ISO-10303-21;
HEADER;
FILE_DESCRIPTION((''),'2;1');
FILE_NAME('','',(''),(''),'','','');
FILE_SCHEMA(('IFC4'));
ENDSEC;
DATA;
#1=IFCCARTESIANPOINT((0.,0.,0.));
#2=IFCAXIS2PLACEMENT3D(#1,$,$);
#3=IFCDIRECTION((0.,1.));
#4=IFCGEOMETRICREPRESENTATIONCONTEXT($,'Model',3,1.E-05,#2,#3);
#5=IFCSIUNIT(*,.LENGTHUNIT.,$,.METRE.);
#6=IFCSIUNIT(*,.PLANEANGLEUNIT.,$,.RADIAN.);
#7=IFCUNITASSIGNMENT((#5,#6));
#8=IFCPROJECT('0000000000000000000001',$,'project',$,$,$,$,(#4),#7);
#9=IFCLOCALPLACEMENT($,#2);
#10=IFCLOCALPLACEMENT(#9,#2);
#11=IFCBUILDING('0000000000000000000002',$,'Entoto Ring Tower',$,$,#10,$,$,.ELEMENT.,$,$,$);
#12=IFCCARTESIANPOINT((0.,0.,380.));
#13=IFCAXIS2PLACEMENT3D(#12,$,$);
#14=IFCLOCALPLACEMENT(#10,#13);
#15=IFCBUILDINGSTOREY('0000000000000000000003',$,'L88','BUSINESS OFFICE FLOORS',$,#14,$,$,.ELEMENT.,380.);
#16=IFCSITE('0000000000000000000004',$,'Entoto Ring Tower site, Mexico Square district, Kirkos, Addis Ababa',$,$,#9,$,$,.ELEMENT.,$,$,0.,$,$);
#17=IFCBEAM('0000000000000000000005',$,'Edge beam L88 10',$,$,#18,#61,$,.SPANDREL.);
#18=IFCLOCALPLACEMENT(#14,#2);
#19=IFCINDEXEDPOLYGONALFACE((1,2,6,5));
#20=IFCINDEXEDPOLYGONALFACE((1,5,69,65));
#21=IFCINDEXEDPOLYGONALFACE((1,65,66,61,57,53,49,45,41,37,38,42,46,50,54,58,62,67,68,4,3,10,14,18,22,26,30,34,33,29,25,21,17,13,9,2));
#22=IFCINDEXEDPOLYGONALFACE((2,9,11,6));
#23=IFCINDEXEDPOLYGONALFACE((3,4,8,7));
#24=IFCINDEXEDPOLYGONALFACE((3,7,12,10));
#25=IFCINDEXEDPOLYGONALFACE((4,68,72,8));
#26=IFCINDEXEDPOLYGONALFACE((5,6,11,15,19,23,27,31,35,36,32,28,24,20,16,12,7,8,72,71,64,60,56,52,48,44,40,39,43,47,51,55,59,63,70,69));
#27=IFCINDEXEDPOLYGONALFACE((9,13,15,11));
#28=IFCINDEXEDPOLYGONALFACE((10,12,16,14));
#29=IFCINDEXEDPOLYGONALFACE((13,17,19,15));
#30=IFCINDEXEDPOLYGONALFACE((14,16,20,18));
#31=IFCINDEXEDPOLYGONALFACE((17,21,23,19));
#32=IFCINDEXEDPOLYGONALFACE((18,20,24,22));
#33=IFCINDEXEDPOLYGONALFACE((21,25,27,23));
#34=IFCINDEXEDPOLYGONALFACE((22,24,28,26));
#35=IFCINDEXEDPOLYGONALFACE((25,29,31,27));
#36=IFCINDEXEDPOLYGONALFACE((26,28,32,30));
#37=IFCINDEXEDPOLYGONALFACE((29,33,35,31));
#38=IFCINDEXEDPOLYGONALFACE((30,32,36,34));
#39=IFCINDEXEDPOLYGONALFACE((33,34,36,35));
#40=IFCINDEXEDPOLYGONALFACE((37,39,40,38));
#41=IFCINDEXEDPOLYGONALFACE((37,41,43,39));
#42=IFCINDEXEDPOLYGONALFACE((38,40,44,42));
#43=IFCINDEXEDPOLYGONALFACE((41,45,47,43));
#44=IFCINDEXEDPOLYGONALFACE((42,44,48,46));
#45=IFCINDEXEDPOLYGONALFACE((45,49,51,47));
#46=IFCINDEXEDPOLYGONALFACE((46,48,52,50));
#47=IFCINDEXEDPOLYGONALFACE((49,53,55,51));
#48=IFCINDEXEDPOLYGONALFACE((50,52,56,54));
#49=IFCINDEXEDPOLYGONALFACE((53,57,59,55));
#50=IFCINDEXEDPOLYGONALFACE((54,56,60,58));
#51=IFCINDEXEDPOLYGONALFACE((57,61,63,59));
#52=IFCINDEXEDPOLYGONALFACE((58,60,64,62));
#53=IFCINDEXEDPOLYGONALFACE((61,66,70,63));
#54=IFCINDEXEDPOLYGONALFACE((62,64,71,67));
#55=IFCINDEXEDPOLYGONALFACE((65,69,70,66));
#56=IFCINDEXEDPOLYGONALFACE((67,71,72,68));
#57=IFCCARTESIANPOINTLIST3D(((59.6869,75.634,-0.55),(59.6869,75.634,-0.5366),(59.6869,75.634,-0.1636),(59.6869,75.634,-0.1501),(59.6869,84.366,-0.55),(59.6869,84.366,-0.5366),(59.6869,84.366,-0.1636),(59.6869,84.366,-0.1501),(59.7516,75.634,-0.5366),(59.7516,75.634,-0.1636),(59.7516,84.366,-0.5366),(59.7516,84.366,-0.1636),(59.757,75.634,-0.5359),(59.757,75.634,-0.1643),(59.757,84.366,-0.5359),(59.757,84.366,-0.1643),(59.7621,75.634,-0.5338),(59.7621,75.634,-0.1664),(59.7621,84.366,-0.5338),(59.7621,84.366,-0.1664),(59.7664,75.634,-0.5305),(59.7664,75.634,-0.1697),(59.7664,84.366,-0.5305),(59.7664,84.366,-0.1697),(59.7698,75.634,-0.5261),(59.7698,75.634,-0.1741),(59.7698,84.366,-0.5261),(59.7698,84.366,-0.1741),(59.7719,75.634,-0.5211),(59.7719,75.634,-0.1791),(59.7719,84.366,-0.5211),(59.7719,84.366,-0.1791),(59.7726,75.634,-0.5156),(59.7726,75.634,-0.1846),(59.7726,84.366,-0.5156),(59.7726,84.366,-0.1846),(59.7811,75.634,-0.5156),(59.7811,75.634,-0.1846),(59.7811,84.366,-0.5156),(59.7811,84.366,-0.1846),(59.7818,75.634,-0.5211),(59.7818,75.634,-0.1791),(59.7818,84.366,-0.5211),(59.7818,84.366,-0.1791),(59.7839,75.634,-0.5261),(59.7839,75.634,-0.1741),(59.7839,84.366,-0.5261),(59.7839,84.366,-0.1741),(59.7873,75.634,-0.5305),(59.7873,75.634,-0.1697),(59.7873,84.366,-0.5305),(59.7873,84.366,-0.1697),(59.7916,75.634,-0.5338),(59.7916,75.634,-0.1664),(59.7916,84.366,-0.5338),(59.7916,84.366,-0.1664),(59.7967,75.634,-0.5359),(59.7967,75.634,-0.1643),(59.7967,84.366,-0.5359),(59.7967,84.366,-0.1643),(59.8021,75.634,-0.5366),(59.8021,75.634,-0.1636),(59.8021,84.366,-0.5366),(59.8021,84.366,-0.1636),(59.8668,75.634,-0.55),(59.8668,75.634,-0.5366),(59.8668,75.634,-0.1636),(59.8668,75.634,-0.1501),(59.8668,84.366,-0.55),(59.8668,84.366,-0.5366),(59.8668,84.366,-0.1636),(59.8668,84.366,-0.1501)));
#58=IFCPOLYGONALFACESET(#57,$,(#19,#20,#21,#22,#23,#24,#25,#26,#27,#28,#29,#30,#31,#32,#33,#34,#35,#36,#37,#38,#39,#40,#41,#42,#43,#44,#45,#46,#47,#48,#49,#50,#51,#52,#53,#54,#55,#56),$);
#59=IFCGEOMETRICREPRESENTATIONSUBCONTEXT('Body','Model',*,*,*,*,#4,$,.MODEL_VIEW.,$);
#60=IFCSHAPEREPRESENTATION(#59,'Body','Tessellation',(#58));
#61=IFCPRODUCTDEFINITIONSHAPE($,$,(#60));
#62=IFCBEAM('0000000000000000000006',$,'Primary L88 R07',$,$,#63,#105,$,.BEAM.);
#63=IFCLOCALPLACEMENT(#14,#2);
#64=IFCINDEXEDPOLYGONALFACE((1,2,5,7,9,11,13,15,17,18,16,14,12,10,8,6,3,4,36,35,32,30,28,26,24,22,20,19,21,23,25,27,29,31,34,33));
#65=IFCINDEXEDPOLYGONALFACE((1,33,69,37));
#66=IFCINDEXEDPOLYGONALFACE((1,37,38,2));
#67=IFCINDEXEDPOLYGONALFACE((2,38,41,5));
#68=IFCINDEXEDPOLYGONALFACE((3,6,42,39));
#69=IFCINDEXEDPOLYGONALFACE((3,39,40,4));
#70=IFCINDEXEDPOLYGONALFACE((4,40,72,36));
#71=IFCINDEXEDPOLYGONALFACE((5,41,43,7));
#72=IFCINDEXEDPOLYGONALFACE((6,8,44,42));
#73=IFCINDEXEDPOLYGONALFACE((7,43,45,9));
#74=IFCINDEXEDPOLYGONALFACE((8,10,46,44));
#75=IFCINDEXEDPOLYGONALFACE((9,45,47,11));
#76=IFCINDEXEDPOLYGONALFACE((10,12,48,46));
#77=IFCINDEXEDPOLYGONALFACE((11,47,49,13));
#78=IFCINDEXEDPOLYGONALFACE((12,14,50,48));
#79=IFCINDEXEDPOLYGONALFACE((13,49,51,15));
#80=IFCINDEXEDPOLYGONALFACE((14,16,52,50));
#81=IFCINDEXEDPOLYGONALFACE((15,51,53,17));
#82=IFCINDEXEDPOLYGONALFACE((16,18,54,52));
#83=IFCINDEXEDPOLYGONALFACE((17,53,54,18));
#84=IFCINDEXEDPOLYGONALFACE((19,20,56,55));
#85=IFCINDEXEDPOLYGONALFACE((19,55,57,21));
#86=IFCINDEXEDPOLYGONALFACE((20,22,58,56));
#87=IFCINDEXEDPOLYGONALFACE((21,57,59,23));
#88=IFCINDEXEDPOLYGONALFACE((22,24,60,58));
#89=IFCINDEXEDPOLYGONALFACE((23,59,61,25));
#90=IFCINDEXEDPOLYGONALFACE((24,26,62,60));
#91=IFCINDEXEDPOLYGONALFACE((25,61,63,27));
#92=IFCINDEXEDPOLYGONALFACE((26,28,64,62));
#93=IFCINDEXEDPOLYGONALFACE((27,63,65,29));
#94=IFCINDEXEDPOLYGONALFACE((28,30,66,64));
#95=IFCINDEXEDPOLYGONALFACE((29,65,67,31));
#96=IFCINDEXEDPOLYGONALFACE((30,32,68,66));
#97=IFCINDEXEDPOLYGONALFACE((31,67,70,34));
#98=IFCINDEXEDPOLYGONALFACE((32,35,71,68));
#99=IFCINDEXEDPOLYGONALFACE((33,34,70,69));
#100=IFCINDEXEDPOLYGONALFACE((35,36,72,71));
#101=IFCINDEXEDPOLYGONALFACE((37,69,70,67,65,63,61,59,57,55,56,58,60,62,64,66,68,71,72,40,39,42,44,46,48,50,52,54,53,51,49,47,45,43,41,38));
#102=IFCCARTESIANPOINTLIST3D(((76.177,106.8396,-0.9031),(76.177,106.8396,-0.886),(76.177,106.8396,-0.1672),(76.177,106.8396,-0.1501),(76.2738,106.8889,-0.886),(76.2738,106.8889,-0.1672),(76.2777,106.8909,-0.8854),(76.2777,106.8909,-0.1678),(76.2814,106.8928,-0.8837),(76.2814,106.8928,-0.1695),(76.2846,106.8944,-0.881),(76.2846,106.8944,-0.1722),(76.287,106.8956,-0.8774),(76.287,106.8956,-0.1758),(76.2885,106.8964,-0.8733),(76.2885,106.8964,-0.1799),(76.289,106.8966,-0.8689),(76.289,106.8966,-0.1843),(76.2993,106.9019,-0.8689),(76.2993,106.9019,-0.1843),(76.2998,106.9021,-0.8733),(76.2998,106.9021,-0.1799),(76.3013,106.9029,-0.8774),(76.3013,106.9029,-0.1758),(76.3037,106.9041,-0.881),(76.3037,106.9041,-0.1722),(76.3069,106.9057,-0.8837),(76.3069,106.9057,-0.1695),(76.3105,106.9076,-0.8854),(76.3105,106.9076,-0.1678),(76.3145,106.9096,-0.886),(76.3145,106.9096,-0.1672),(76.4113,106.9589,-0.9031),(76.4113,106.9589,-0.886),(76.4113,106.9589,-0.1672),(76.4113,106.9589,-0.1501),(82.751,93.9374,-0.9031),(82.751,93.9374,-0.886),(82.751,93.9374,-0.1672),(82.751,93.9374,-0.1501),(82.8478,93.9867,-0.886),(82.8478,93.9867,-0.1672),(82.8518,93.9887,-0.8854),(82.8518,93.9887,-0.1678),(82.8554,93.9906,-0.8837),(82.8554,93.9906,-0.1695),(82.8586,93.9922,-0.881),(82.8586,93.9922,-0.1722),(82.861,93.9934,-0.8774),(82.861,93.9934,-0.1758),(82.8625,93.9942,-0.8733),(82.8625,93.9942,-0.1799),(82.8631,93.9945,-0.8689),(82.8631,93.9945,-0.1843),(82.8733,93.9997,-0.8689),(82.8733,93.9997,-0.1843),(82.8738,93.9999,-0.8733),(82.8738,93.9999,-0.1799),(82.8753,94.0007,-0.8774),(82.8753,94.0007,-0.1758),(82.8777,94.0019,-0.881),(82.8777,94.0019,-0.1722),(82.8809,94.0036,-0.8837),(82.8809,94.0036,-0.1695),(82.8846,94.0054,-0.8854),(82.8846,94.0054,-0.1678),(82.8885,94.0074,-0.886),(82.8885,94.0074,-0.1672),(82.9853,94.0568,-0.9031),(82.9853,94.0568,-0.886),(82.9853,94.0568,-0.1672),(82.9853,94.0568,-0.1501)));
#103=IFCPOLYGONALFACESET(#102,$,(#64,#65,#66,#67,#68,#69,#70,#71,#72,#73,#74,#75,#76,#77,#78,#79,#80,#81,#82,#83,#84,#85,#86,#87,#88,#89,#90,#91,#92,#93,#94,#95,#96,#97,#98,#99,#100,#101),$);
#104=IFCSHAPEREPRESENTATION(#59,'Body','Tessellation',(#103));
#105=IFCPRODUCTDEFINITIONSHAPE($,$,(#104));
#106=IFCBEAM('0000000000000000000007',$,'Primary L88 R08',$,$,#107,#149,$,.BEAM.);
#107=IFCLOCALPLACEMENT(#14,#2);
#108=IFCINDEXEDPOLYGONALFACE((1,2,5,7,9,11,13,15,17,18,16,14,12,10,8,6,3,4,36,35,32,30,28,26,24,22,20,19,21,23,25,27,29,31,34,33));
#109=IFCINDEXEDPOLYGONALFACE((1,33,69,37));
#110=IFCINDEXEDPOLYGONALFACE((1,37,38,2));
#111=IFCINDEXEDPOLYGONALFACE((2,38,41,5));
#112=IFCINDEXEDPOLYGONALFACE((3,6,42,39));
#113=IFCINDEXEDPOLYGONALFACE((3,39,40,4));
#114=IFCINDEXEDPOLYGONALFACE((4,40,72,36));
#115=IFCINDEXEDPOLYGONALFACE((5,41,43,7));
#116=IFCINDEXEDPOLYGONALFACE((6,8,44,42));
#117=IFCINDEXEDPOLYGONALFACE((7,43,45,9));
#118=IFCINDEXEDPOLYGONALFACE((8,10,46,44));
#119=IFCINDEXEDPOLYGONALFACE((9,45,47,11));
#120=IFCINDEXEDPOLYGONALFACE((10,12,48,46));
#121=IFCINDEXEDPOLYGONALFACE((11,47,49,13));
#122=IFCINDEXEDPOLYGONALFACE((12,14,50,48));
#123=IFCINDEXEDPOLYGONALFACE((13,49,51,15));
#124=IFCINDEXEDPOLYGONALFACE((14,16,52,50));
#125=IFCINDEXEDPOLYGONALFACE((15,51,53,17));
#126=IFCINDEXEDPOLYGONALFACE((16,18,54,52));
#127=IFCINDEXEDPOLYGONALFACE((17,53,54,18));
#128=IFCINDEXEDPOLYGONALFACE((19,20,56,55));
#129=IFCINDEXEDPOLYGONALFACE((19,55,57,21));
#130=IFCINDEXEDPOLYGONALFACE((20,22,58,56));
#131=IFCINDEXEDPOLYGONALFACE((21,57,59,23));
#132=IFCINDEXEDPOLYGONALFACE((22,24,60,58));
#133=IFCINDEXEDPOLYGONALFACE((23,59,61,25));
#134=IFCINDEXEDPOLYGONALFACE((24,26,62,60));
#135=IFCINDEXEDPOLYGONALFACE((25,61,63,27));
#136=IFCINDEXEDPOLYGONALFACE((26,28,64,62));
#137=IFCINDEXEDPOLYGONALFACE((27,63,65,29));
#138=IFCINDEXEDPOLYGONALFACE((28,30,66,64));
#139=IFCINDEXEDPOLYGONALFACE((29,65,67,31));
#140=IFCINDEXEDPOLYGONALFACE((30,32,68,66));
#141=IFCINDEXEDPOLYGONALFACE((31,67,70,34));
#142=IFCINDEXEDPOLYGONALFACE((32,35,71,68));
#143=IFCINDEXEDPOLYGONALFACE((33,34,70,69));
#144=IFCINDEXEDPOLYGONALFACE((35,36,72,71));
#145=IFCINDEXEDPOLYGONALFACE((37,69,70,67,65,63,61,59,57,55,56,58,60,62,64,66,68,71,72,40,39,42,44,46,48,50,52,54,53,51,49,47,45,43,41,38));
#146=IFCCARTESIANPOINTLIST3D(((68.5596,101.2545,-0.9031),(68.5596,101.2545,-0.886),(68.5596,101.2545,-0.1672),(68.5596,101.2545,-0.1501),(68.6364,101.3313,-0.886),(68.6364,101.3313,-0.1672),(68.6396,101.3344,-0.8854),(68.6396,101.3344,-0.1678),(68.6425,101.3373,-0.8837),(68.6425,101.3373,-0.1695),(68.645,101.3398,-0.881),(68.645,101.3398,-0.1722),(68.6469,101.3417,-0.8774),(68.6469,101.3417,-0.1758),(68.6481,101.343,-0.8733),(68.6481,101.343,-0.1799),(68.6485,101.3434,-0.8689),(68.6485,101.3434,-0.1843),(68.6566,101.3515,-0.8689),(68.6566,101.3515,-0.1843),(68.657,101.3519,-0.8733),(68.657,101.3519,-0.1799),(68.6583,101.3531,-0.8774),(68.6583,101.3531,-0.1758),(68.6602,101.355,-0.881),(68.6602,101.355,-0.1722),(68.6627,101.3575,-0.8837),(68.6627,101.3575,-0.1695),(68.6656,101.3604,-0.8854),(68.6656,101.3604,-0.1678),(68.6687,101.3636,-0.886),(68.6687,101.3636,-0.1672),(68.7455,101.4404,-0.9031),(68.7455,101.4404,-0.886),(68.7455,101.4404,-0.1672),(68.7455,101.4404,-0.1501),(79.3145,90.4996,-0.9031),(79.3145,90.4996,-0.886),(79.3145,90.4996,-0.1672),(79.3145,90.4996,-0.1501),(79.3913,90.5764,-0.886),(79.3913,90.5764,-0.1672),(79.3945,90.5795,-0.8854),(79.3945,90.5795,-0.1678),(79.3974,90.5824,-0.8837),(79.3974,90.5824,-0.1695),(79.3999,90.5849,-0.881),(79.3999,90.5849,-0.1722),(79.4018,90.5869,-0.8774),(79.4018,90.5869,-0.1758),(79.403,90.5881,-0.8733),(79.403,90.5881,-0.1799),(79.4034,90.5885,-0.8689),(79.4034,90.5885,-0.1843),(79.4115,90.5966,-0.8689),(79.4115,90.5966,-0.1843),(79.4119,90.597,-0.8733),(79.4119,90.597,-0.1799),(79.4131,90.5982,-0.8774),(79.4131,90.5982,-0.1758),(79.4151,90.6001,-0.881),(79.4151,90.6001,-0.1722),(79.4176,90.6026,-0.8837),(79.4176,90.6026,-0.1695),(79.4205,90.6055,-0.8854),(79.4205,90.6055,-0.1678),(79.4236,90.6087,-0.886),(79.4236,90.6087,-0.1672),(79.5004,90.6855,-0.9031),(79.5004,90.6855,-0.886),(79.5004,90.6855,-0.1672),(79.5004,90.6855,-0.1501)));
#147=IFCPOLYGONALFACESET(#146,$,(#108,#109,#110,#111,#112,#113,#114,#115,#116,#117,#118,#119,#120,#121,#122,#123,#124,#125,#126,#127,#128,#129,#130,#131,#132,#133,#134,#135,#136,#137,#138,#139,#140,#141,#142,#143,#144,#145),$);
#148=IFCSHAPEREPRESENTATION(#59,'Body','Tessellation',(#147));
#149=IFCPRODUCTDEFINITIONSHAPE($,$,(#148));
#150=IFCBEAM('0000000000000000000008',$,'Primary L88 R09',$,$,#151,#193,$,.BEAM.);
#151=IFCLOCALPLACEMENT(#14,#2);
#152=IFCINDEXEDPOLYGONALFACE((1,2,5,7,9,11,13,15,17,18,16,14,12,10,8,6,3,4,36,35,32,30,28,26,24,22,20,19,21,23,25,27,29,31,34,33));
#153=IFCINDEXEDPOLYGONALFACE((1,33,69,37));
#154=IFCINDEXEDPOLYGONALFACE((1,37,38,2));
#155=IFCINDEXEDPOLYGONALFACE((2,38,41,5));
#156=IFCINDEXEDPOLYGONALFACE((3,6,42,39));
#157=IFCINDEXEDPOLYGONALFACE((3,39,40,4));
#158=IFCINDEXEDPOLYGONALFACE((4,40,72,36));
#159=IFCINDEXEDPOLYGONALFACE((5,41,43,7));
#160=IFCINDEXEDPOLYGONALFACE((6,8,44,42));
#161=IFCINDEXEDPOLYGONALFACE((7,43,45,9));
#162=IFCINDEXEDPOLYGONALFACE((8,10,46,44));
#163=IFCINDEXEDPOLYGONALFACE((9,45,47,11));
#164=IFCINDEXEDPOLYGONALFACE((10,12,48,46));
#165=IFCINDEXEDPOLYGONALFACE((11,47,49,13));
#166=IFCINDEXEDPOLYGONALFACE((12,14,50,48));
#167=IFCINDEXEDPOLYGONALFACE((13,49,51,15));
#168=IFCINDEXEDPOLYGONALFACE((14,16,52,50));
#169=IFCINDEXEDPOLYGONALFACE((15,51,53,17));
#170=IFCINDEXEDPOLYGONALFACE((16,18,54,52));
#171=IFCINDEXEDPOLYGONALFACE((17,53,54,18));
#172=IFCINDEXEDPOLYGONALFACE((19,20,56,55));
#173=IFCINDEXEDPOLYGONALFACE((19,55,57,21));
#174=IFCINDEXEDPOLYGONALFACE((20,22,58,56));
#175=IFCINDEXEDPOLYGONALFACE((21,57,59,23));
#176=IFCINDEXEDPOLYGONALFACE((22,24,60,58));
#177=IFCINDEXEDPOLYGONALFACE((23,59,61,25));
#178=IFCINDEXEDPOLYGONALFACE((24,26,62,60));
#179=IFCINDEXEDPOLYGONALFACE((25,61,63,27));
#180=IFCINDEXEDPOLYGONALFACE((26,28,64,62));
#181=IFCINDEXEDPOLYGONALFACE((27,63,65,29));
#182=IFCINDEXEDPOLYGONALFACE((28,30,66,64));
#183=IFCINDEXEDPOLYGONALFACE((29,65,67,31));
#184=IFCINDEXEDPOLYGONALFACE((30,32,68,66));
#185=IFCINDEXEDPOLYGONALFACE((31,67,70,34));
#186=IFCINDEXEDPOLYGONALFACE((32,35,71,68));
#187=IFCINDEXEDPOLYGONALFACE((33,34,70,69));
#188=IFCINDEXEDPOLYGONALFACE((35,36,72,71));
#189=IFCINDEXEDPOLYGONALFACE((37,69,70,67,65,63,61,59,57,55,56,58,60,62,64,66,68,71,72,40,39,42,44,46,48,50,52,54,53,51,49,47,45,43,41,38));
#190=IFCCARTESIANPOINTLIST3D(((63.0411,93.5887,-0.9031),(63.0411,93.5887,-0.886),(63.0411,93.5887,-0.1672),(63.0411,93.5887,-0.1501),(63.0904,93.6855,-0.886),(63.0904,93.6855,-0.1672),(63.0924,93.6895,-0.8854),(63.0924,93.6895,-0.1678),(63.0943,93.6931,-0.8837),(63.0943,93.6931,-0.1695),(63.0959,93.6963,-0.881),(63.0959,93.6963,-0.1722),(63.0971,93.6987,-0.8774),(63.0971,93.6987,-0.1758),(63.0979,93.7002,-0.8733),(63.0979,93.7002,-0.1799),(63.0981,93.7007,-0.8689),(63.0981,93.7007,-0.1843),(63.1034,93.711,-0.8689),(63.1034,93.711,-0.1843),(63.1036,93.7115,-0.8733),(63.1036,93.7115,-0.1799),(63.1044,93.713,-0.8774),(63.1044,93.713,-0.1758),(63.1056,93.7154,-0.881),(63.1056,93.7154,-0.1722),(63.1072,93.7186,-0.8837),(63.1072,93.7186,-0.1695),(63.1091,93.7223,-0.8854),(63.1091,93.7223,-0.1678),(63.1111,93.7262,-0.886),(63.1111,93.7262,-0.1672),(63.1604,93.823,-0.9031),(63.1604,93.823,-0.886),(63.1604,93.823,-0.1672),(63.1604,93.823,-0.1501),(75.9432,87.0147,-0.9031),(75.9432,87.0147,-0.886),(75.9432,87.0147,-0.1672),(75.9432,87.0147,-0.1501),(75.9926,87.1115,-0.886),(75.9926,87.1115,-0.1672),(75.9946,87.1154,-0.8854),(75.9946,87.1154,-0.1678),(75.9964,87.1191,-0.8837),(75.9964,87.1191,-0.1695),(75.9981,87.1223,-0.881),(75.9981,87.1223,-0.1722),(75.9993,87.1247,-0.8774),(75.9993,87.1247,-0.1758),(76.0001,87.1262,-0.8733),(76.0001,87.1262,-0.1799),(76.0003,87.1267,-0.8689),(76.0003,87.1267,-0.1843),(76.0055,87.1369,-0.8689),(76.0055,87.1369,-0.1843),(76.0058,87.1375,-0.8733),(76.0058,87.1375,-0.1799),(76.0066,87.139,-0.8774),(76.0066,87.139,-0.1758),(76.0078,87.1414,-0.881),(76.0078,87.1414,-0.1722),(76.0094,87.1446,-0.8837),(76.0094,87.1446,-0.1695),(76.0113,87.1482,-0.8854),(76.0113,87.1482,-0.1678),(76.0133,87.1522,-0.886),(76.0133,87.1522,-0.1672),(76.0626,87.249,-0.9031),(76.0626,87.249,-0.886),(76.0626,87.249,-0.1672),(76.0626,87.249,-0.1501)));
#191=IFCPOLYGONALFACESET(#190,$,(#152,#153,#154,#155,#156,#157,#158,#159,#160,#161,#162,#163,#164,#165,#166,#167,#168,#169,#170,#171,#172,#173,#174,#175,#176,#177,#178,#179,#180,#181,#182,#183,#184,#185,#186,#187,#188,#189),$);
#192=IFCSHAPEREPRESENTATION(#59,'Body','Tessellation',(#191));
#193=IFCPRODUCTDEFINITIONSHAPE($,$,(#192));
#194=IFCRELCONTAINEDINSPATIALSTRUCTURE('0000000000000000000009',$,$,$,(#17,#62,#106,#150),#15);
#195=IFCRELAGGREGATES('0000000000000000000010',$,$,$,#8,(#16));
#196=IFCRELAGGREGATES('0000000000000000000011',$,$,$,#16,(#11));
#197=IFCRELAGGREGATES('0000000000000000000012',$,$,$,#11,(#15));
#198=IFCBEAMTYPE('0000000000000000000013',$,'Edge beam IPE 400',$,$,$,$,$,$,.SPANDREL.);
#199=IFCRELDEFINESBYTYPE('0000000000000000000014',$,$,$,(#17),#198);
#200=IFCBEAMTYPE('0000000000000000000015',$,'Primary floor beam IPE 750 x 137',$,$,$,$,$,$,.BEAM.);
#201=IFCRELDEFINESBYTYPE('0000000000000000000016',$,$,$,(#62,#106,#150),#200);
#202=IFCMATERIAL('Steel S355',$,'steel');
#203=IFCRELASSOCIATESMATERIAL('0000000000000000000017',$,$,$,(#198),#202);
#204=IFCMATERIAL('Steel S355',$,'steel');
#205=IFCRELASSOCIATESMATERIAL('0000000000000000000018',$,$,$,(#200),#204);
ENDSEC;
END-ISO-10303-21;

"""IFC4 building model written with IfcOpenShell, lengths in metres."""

from ifc_helpers import new_model, si_unit, direction, frame, origin, origin_2d, place, context, subcontext, project, spatial, i_section, extrude, material, material_profile, profile_set, type_object, element, save


model = new_model("IFC4")

# Units and contexts
model_context = context("Model", 3, precision=1e-05, world=origin(), true_north=direction((0.0, 1.0)))
body_context = subcontext(model_context, "Body", "Model", "MODEL_VIEW")
ifc_project = project(units=[si_unit("LENGTHUNIT", "METRE"), si_unit("PLANEANGLEUNIT", "RADIAN")], contexts=[model_context])

# Site, building, storey
site_placement = place(None, origin())
site = spatial("IfcSite", under=ifc_project, at=site_placement, Name="Entoto Ring Tower site, Mexico Square district, Kirkos, Addis Ababa", CompositionType="ELEMENT", RefElevation=0.0)
building_placement = place(site_placement, origin())
building = spatial("IfcBuilding", under=site, at=building_placement, Name="Entoto Ring Tower", CompositionType="ELEMENT")
storey_placement = place(building_placement, frame((0.0, 0.0, 380.0)))
storey = spatial("IfcBuildingStorey", under=building, at=storey_placement, Name="L88", Description="BUSINESS OFFICE FLOORS", CompositionType="ELEMENT", Elevation=380.0)

# Beams
ifc_material_1 = material(Name="Steel S355", Category="steel")
ifc_material_profile_1 = material_profile(ifc_material_1, i_section(OverallWidth=0.1799, OverallDepth=0.3999, WebThickness=0.0085, FlangeThickness=0.0134, FilletRadius=0.021, at=origin_2d()), Name="IPE 400")
ifc_profile_set_1 = profile_set([ifc_material_profile_1], Name="Steel S355")
beam_type_1 = type_object("IfcBeamType", Name="Edge beam IPE 400", PredefinedType="SPANDREL", material=ifc_profile_set_1)
beam_1_placement = place(storey_placement, frame((59.7769, 84.366, -0.3501), z_axis=(0.0, -1.0, 0.0), x_axis=(1.0, 0.0, 0.0)))
element("IfcBeam", 1, at=beam_1_placement, inside=storey, type_object=beam_type_1, Name="Edge beam L88 10", PredefinedType="SPANDREL", context=body_context, shape_type="SweptSolid", body=[
    extrude(i_section(OverallWidth=0.1799, OverallDepth=0.3999, WebThickness=0.0085, FlangeThickness=0.0134, FilletRadius=0.021, at=origin_2d()), origin(), (0.0, 0.0, 1.0), 8.7319),
])
ifc_material_2 = material(Name="Steel S355", Category="steel")
ifc_material_profile_2 = material_profile(ifc_material_2, i_section(OverallWidth=0.2629, OverallDepth=0.7529, WebThickness=0.0115, FlangeThickness=0.0171, FilletRadius=0.0171, at=origin_2d()), Name="IPE 750 x 137")
ifc_profile_set_2 = profile_set([ifc_material_profile_2], Name="Steel S355")
beam_type_2 = type_object("IfcBeamType", Name="Primary floor beam IPE 750 x 137", PredefinedType="BEAM", material=ifc_profile_set_2)
beam_2_placement = place(storey_placement, frame((82.8682, 93.9971, -0.5266), z_axis=(-0.453992, 0.891006, 0.0), x_axis=(-0.891006, -0.453992, 0.0)))
element("IfcBeam", 2, at=beam_2_placement, inside=storey, type_object=beam_type_2, Name="Primary L88 R07", PredefinedType="BEAM", context=body_context, shape_type="SweptSolid", body=[
    extrude(i_section(OverallWidth=0.2629, OverallDepth=0.7529, WebThickness=0.0115, FlangeThickness=0.0171, FilletRadius=0.0171, at=origin_2d()), origin(), (0.0, 0.0, 1.0), 14.4805),
])
beam_3_placement = place(storey_placement, frame((79.4075, 90.5925, -0.5266), z_axis=(-0.707107, 0.707107, 0.0), x_axis=(-0.707107, -0.707107, 0.0)))
element("IfcBeam", 3, at=beam_3_placement, inside=storey, type_object=beam_type_2, Name="Primary L88 R08", PredefinedType="BEAM", context=body_context, shape_type="SweptSolid", body=[
    extrude(i_section(OverallWidth=0.2629, OverallDepth=0.7529, WebThickness=0.0115, FlangeThickness=0.0171, FilletRadius=0.0171, at=origin_2d()), origin(), (0.0, 0.0, 1.0), 15.2097),
])
beam_4_placement = place(storey_placement, frame((76.0029, 87.1318, -0.5266), z_axis=(-0.891006, 0.453992, 0.0), x_axis=(-0.453992, -0.891006, 0.0)))
element("IfcBeam", 4, at=beam_4_placement, inside=storey, type_object=beam_type_2, Name="Primary L88 R09", PredefinedType="BEAM", context=body_context, shape_type="SweptSolid", body=[
    extrude(i_section(OverallWidth=0.2629, OverallDepth=0.7529, WebThickness=0.0115, FlangeThickness=0.0171, FilletRadius=0.0171, at=origin_2d()), origin(), (0.0, 0.0, 1.0), 14.4805),
])

save(model, "model.ifc")
